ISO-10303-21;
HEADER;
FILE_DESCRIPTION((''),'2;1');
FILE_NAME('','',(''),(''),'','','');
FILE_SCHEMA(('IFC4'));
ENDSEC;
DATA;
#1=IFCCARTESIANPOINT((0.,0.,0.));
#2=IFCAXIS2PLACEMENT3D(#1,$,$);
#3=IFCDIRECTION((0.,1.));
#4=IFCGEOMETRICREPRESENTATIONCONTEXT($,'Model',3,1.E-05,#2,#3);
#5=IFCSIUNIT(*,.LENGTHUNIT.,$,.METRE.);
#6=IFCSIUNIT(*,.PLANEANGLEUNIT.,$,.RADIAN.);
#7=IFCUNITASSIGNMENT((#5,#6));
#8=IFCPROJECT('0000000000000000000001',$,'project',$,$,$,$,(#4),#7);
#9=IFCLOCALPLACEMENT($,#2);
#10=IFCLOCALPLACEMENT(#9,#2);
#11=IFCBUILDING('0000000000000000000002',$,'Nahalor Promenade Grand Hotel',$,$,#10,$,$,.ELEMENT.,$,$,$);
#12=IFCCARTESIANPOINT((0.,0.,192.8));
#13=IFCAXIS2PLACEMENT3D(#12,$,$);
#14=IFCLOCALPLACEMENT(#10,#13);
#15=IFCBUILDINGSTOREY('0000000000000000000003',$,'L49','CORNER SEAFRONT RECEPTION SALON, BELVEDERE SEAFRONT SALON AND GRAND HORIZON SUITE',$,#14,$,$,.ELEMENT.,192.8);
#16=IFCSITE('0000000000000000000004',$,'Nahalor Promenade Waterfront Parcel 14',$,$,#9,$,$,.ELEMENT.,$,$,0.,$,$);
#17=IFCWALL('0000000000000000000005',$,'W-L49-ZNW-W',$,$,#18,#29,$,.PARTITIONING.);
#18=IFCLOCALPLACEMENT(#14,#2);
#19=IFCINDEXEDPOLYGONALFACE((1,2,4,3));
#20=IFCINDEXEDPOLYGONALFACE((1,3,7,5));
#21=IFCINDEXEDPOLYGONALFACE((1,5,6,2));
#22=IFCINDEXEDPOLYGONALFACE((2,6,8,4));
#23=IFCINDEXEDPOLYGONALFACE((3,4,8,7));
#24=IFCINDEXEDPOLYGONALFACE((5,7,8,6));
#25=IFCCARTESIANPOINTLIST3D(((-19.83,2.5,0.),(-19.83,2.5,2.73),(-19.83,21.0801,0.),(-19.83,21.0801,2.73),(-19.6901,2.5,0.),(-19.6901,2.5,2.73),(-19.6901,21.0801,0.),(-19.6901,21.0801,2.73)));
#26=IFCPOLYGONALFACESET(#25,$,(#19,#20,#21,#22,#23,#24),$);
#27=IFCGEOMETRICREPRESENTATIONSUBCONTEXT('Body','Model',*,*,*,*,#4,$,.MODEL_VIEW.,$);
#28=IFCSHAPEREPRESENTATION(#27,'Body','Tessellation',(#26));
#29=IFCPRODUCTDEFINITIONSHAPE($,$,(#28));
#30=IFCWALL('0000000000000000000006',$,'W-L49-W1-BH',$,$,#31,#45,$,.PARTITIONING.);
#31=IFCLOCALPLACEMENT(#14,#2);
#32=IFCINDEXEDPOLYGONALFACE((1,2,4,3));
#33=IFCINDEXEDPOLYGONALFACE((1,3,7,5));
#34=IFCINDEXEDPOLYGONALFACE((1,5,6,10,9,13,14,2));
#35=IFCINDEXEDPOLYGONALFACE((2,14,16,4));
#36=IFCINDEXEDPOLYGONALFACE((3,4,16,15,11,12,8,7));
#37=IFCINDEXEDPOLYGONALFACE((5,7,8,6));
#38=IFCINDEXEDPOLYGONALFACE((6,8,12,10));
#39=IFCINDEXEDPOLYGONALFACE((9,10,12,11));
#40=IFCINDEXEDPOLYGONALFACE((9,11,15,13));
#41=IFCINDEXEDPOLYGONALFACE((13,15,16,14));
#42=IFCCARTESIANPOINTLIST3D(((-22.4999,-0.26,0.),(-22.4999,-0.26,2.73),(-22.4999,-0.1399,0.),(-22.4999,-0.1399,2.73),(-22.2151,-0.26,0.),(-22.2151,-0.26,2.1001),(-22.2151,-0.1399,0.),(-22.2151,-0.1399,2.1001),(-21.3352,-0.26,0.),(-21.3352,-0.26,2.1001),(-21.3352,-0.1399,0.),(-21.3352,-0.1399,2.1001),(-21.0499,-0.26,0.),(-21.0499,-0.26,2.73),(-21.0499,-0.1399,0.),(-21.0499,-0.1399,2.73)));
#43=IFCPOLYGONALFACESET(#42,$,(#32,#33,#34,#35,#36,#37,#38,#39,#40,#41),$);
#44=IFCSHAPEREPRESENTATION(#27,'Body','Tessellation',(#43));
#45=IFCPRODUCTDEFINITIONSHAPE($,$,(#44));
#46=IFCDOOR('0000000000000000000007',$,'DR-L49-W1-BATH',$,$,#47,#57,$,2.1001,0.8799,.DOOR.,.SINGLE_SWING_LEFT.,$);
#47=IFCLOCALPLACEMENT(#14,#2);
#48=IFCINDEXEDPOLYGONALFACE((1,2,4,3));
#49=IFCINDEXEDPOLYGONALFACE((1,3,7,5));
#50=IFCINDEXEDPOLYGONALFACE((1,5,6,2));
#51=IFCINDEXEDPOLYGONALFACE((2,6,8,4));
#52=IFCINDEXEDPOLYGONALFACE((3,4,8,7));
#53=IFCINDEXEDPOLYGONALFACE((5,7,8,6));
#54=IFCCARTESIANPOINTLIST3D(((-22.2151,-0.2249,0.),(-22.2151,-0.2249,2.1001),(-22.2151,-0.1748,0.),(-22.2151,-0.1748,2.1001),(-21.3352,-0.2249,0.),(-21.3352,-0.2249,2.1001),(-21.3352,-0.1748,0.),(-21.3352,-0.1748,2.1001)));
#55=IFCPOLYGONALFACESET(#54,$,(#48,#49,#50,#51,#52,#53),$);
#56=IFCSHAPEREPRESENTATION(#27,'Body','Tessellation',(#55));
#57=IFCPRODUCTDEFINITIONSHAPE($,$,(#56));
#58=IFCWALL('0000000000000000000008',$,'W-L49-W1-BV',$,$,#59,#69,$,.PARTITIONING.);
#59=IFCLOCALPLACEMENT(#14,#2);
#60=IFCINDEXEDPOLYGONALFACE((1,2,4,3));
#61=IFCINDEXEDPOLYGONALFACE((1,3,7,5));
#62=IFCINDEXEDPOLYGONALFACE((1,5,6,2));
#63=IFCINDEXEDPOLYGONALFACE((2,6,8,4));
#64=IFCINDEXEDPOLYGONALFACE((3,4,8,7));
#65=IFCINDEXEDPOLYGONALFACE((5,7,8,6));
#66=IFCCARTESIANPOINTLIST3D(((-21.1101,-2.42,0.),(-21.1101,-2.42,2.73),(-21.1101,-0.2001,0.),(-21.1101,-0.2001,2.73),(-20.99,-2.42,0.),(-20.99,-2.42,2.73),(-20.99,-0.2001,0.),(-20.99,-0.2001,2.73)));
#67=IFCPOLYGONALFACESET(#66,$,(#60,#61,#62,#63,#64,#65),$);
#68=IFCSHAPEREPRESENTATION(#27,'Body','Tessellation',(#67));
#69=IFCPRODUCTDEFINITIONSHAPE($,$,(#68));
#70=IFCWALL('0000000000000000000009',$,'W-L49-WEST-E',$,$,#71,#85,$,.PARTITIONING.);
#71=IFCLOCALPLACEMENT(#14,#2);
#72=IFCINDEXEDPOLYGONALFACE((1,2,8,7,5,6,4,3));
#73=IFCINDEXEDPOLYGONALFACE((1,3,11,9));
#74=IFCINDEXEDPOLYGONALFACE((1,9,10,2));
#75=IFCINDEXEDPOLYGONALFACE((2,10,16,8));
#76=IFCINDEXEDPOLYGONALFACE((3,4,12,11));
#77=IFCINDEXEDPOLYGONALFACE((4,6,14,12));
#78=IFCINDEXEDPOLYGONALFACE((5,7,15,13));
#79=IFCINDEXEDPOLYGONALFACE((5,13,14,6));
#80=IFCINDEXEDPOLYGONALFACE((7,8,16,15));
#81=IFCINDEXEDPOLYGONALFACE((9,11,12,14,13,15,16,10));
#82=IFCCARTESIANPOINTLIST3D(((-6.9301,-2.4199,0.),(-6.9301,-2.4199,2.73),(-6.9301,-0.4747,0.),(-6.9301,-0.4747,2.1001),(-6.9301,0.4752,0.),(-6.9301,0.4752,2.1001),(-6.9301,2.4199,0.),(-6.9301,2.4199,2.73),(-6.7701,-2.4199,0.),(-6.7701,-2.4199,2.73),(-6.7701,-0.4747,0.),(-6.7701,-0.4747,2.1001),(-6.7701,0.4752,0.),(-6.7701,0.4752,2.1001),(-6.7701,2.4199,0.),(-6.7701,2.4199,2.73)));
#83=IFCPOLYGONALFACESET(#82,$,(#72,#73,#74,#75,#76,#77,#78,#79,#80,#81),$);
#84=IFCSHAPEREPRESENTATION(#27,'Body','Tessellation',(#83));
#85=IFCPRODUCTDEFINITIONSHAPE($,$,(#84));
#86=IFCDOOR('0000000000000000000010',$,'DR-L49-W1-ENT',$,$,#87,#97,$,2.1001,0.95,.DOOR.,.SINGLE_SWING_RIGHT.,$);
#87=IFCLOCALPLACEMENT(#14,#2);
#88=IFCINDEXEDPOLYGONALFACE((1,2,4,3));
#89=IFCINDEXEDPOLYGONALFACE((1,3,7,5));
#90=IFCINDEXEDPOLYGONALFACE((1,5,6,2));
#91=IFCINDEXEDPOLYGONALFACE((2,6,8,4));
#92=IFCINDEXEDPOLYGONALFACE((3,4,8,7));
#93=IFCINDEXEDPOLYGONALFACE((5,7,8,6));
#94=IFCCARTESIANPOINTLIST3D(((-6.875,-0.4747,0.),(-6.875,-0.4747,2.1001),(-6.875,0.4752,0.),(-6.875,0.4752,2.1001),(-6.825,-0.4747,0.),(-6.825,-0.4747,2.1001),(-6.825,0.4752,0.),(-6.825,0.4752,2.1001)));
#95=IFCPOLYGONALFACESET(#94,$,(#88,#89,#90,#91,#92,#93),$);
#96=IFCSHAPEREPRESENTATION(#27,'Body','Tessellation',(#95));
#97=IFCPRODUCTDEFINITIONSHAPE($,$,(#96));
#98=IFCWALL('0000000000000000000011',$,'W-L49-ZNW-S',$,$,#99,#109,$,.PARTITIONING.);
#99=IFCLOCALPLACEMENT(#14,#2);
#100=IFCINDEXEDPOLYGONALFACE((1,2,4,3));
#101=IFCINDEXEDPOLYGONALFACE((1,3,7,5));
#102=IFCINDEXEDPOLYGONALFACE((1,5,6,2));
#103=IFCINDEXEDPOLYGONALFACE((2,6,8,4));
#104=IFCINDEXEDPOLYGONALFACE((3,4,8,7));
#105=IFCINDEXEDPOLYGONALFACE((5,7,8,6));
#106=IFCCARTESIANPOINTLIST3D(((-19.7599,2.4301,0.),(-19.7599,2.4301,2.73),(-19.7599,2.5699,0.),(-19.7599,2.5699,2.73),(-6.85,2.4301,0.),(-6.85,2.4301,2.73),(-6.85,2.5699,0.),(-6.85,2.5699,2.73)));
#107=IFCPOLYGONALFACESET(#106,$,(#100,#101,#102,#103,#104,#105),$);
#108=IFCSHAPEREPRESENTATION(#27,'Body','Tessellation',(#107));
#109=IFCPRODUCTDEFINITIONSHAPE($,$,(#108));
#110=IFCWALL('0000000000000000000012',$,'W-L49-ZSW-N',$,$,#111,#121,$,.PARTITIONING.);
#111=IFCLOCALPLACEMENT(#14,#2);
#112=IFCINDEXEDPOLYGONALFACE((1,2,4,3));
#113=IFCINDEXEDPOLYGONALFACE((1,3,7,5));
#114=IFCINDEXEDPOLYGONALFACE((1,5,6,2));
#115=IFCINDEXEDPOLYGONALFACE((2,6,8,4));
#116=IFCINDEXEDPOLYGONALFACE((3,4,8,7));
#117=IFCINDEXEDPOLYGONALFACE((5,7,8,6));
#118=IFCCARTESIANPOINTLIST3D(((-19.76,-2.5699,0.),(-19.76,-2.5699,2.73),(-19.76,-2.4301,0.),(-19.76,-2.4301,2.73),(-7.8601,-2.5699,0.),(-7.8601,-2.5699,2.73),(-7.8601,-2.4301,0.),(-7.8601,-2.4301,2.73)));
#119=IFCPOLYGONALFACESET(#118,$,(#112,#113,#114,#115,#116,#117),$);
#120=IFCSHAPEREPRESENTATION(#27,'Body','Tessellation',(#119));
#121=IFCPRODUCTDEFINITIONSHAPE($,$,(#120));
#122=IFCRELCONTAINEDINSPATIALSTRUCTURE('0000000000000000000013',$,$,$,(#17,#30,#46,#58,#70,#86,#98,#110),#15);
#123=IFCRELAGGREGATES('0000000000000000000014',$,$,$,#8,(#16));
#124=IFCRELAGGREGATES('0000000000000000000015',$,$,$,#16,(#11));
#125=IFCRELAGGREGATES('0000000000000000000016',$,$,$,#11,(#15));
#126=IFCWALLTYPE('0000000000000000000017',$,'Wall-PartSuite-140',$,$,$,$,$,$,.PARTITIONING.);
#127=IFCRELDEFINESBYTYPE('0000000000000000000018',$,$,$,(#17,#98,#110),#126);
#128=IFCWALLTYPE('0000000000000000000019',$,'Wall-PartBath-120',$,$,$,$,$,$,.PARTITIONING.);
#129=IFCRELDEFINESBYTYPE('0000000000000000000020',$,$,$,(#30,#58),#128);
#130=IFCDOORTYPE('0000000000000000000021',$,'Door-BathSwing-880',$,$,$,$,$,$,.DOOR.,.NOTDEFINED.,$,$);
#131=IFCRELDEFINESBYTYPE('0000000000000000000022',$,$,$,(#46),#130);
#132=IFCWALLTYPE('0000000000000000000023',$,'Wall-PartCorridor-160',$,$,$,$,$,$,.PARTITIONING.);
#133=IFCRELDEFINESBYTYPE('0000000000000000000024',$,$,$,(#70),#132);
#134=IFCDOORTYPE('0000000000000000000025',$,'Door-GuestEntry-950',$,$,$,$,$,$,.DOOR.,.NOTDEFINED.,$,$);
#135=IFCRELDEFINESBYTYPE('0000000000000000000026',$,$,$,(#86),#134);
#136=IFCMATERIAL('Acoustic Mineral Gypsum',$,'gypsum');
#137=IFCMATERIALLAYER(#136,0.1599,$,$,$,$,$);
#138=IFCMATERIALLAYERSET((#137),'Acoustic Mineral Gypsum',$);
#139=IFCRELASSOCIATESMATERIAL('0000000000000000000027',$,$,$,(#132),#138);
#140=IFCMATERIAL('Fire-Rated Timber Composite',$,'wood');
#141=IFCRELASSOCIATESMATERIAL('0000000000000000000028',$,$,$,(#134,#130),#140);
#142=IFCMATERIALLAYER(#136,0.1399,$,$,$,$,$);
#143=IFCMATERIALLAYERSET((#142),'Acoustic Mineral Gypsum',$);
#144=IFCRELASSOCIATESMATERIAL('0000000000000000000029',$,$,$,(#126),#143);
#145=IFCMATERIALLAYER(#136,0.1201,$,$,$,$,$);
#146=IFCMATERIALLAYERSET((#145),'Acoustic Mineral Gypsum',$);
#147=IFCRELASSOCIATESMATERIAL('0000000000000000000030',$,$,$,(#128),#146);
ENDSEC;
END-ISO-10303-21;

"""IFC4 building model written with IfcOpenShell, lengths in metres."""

from ifc_helpers import new_model, si_unit, direction, frame, frame_2d, origin, place, context, subcontext, project, spatial, rectangle, extrude, source, transform, mapped, material, layer, layer_set, type_object, element, fill, save


model = new_model("IFC4")

# Units and contexts
model_context = context("Model", 3, precision=1e-05, world=origin(), true_north=direction((0.0, 1.0)))
body_context = subcontext(model_context, "Body", "Model", "MODEL_VIEW")
ifc_project = project(units=[si_unit("LENGTHUNIT", "METRE"), si_unit("PLANEANGLEUNIT", "RADIAN")], contexts=[model_context])

# Site, building, storey
site_placement = place(None, origin())
site = spatial("IfcSite", under=ifc_project, at=site_placement, Name="Nahalor Promenade Waterfront Parcel 14", CompositionType="ELEMENT", RefElevation=0.0)
building_placement = place(site_placement, origin())
building = spatial("IfcBuilding", under=site, at=building_placement, Name="Nahalor Promenade Grand Hotel", CompositionType="ELEMENT")
storey_placement = place(building_placement, frame((0.0, 0.0, 192.8)))
storey = spatial("IfcBuildingStorey", under=building, at=storey_placement, Name="L49", Description="CORNER SEAFRONT RECEPTION SALON, BELVEDERE SEAFRONT SALON AND GRAND HORIZON SUITE", CompositionType="ELEMENT", Elevation=192.8)

# Shared definitions
ifc_material_1 = material(Name="Acoustic Mineral Gypsum", Category="gypsum")
ifc_layer_1 = layer(ifc_material_1, 0.1599)
ifc_layer_set_1 = layer_set([ifc_layer_1], Name="Acoustic Mineral Gypsum")
wall_type_1 = type_object("IfcWallType", Name="Wall-PartCorridor-160", PredefinedType="PARTITIONING", material=ifc_layer_set_1)
ifc_material_2 = material(Name="Fire-Rated Timber Composite", Category="wood")
door_type_1 = type_object("IfcDoorType", Name="Door-GuestEntry-950", OperationType="NOTDEFINED", PredefinedType="DOOR", material=ifc_material_2)
shared_shape_1 = source(origin(), body_context, "Body", "SweptSolid", [
    extrude(rectangle(XDim=0.95, YDim=2.1001, at=frame_2d((0.4751, 1.05))), frame((0.0, 0.0249, 0.0), z_axis=(0.0, -1.0, 0.0), x_axis=(1.0, 0.0, 0.0)), (0.0, 0.0, 1.0), 0.05),
])

# Wall
ifc_layer_2 = layer(ifc_material_1, 0.1399)
ifc_layer_set_2 = layer_set([ifc_layer_2], Name="Acoustic Mineral Gypsum")
wall_type_2 = type_object("IfcWallType", Name="Wall-PartSuite-140", PredefinedType="PARTITIONING", material=ifc_layer_set_2)
shared_shape_2 = source(origin(), body_context, "Body", "SweptSolid", [
    extrude(rectangle(XDim=18.5801, YDim=0.1399, at=frame_2d((9.29, 0.0))), origin(), (0.0, 0.0, 1.0), 2.73),
])
wall_1_placement = place(storey_placement, frame((-19.76, 2.5, 0.0), z_axis=(0.0, 0.0, 1.0), x_axis=(0.0, 1.0, 0.0)))
element("IfcWall", 1, at=wall_1_placement, inside=storey, type_object=wall_type_2, Name="W-L49-ZNW-W", PredefinedType="PARTITIONING", context=body_context, shape_type="MappedRepresentation", body=[
    mapped(shared_shape_2, transform((0.0, 0.0, 0.0), scale=1.0)),
])

# Wall, opening, door
ifc_layer_3 = layer(ifc_material_1, 0.1201)
ifc_layer_set_3 = layer_set([ifc_layer_3], Name="Acoustic Mineral Gypsum")
wall_type_3 = type_object("IfcWallType", Name="Wall-PartBath-120", PredefinedType="PARTITIONING", material=ifc_layer_set_3)
shared_shape_3 = source(origin(), body_context, "Body", "SweptSolid", [
    extrude(rectangle(XDim=1.45, YDim=0.1201, at=frame_2d((0.7251, 0.0))), origin(), (0.0, 0.0, 1.0), 2.73),
])
wall_2_placement = place(storey_placement, frame((-22.5, -0.2, 0.0), z_axis=(0.0, 0.0, 1.0), x_axis=(1.0, 0.0, 0.0)))
wall_2 = element("IfcWall", 2, at=wall_2_placement, inside=storey, type_object=wall_type_3, Name="W-L49-W1-BH", PredefinedType="PARTITIONING", context=body_context, shape_type="MappedRepresentation", body=[
    mapped(shared_shape_3, transform((0.0, 0.0, 0.0), scale=1.0)),
])
opening_1_placement = place(wall_2_placement, frame((0.2849, 0.0, 0.0)))
opening_1 = element("IfcOpeningElement", 3, at=opening_1_placement, cuts=wall_2, PredefinedType="OPENING", context=body_context, shape_type="SweptSolid", body=[
    extrude(rectangle(XDim=0.8799, YDim=2.1001, at=frame_2d((0.4399, 1.05))), frame((0.0, 0.0701, 0.0), z_axis=(0.0, -1.0, 0.0), x_axis=(1.0, 0.0, 0.0)), (0.0, 0.0, 1.0), 0.1401),
])
door_type_2 = type_object("IfcDoorType", Name="Door-BathSwing-880", OperationType="NOTDEFINED", PredefinedType="DOOR", material=ifc_material_2)
shared_shape_4 = source(origin(), body_context, "Body", "SweptSolid", [
    extrude(rectangle(XDim=0.8799, YDim=2.1001, at=frame_2d((0.4399, 1.05))), frame((0.0, 0.0249, 0.0), z_axis=(0.0, -1.0, 0.0), x_axis=(1.0, 0.0, 0.0)), (0.0, 0.0, 1.0), 0.05),
])
door_1_placement = place(opening_1_placement, frame((0.8799, 0.0, 0.0), z_axis=(0.0, 0.0, 1.0), x_axis=(-1.0, 0.0, 0.0)))
door_1 = element("IfcDoor", 4, at=door_1_placement, inside=storey, type_object=door_type_2, Name="DR-L49-W1-BATH", OperationType="SINGLE_SWING_LEFT", OverallHeight=2.1001, OverallWidth=0.8799, PredefinedType="DOOR", context=body_context, shape_type="MappedRepresentation", body=[
    mapped(shared_shape_4, transform((0.0, 0.0, 0.0), scale=1.0)),
])
fill(opening_1, door_1)

# Wall
shared_shape_5 = source(origin(), body_context, "Body", "SweptSolid", [
    extrude(rectangle(XDim=2.22, YDim=0.1201, at=frame_2d((1.1099, 0.0))), origin(), (0.0, 0.0, 1.0), 2.73),
])
wall_3_placement = place(storey_placement, frame((-21.05, -2.4199, 0.0), z_axis=(0.0, 0.0, 1.0), x_axis=(0.0, 1.0, 0.0)))
element("IfcWall", 5, at=wall_3_placement, inside=storey, type_object=wall_type_3, Name="W-L49-W1-BV", PredefinedType="PARTITIONING", context=body_context, shape_type="MappedRepresentation", body=[
    mapped(shared_shape_5, transform((0.0, 0.0, 0.0), scale=1.0)),
])

# Wall, opening, door
shared_shape_6 = source(origin(), body_context, "Body", "SweptSolid", [
    extrude(rectangle(XDim=4.8398, YDim=0.1599, at=frame_2d((2.4199, 0.0))), origin(), (0.0, 0.0, 1.0), 2.73),
])
wall_4_placement = place(storey_placement, frame((-6.8501, -2.4199, 0.0), z_axis=(0.0, 0.0, 1.0), x_axis=(0.0, 1.0, 0.0)))
wall_4 = element("IfcWall", 6, at=wall_4_placement, inside=storey, type_object=wall_type_1, Name="W-L49-WEST-E", PredefinedType="PARTITIONING", context=body_context, shape_type="MappedRepresentation", body=[
    mapped(shared_shape_6, transform((0.0, 0.0, 0.0), scale=1.0)),
])
opening_2_placement = place(wall_4_placement, frame((1.9451, 0.0, 0.0)))
opening_2 = element("IfcOpeningElement", 7, at=opening_2_placement, cuts=wall_4, PredefinedType="OPENING", context=body_context, shape_type="SweptSolid", body=[
    extrude(rectangle(XDim=0.95, YDim=2.1001, at=frame_2d((0.4751, 1.05))), frame((0.0, 0.0898, 0.0), z_axis=(0.0, -1.0, 0.0), x_axis=(1.0, 0.0, 0.0)), (0.0, 0.0, 1.0), 0.1799),
])
door_2_placement = place(opening_2_placement, origin())
door_2 = element("IfcDoor", 8, at=door_2_placement, inside=storey, type_object=door_type_1, Name="DR-L49-W1-ENT", OperationType="SINGLE_SWING_RIGHT", OverallHeight=2.1001, OverallWidth=0.95, PredefinedType="DOOR", context=body_context, shape_type="MappedRepresentation", body=[
    mapped(shared_shape_1, transform((0.0, 0.0, 0.0), scale=1.0)),
])
fill(opening_2, door_2)

# Walls
shared_shape_7 = source(origin(), body_context, "Body", "SweptSolid", [
    extrude(rectangle(XDim=12.9099, YDim=0.1399, at=frame_2d((6.4551, 0.0))), origin(), (0.0, 0.0, 1.0), 2.73),
])
wall_5_placement = place(storey_placement, frame((-19.76, 2.5, 0.0), z_axis=(0.0, 0.0, 1.0), x_axis=(1.0, 0.0, 0.0)))
element("IfcWall", 9, at=wall_5_placement, inside=storey, type_object=wall_type_2, Name="W-L49-ZNW-S", PredefinedType="PARTITIONING", context=body_context, shape_type="MappedRepresentation", body=[
    mapped(shared_shape_7, transform((0.0, 0.0, 0.0), scale=1.0)),
])
shared_shape_8 = source(origin(), body_context, "Body", "SweptSolid", [
    extrude(rectangle(XDim=11.8999, YDim=0.1399, at=frame_2d((5.95, 0.0))), origin(), (0.0, 0.0, 1.0), 2.73),
])
wall_6_placement = place(storey_placement, frame((-19.76, -2.5, 0.0), z_axis=(0.0, 0.0, 1.0), x_axis=(1.0, 0.0, 0.0)))
element("IfcWall", 10, at=wall_6_placement, inside=storey, type_object=wall_type_2, Name="W-L49-ZSW-N", PredefinedType="PARTITIONING", context=body_context, shape_type="MappedRepresentation", body=[
    mapped(shared_shape_8, transform((0.0, 0.0, 0.0), scale=1.0)),
])

save(model, "model.ifc")
